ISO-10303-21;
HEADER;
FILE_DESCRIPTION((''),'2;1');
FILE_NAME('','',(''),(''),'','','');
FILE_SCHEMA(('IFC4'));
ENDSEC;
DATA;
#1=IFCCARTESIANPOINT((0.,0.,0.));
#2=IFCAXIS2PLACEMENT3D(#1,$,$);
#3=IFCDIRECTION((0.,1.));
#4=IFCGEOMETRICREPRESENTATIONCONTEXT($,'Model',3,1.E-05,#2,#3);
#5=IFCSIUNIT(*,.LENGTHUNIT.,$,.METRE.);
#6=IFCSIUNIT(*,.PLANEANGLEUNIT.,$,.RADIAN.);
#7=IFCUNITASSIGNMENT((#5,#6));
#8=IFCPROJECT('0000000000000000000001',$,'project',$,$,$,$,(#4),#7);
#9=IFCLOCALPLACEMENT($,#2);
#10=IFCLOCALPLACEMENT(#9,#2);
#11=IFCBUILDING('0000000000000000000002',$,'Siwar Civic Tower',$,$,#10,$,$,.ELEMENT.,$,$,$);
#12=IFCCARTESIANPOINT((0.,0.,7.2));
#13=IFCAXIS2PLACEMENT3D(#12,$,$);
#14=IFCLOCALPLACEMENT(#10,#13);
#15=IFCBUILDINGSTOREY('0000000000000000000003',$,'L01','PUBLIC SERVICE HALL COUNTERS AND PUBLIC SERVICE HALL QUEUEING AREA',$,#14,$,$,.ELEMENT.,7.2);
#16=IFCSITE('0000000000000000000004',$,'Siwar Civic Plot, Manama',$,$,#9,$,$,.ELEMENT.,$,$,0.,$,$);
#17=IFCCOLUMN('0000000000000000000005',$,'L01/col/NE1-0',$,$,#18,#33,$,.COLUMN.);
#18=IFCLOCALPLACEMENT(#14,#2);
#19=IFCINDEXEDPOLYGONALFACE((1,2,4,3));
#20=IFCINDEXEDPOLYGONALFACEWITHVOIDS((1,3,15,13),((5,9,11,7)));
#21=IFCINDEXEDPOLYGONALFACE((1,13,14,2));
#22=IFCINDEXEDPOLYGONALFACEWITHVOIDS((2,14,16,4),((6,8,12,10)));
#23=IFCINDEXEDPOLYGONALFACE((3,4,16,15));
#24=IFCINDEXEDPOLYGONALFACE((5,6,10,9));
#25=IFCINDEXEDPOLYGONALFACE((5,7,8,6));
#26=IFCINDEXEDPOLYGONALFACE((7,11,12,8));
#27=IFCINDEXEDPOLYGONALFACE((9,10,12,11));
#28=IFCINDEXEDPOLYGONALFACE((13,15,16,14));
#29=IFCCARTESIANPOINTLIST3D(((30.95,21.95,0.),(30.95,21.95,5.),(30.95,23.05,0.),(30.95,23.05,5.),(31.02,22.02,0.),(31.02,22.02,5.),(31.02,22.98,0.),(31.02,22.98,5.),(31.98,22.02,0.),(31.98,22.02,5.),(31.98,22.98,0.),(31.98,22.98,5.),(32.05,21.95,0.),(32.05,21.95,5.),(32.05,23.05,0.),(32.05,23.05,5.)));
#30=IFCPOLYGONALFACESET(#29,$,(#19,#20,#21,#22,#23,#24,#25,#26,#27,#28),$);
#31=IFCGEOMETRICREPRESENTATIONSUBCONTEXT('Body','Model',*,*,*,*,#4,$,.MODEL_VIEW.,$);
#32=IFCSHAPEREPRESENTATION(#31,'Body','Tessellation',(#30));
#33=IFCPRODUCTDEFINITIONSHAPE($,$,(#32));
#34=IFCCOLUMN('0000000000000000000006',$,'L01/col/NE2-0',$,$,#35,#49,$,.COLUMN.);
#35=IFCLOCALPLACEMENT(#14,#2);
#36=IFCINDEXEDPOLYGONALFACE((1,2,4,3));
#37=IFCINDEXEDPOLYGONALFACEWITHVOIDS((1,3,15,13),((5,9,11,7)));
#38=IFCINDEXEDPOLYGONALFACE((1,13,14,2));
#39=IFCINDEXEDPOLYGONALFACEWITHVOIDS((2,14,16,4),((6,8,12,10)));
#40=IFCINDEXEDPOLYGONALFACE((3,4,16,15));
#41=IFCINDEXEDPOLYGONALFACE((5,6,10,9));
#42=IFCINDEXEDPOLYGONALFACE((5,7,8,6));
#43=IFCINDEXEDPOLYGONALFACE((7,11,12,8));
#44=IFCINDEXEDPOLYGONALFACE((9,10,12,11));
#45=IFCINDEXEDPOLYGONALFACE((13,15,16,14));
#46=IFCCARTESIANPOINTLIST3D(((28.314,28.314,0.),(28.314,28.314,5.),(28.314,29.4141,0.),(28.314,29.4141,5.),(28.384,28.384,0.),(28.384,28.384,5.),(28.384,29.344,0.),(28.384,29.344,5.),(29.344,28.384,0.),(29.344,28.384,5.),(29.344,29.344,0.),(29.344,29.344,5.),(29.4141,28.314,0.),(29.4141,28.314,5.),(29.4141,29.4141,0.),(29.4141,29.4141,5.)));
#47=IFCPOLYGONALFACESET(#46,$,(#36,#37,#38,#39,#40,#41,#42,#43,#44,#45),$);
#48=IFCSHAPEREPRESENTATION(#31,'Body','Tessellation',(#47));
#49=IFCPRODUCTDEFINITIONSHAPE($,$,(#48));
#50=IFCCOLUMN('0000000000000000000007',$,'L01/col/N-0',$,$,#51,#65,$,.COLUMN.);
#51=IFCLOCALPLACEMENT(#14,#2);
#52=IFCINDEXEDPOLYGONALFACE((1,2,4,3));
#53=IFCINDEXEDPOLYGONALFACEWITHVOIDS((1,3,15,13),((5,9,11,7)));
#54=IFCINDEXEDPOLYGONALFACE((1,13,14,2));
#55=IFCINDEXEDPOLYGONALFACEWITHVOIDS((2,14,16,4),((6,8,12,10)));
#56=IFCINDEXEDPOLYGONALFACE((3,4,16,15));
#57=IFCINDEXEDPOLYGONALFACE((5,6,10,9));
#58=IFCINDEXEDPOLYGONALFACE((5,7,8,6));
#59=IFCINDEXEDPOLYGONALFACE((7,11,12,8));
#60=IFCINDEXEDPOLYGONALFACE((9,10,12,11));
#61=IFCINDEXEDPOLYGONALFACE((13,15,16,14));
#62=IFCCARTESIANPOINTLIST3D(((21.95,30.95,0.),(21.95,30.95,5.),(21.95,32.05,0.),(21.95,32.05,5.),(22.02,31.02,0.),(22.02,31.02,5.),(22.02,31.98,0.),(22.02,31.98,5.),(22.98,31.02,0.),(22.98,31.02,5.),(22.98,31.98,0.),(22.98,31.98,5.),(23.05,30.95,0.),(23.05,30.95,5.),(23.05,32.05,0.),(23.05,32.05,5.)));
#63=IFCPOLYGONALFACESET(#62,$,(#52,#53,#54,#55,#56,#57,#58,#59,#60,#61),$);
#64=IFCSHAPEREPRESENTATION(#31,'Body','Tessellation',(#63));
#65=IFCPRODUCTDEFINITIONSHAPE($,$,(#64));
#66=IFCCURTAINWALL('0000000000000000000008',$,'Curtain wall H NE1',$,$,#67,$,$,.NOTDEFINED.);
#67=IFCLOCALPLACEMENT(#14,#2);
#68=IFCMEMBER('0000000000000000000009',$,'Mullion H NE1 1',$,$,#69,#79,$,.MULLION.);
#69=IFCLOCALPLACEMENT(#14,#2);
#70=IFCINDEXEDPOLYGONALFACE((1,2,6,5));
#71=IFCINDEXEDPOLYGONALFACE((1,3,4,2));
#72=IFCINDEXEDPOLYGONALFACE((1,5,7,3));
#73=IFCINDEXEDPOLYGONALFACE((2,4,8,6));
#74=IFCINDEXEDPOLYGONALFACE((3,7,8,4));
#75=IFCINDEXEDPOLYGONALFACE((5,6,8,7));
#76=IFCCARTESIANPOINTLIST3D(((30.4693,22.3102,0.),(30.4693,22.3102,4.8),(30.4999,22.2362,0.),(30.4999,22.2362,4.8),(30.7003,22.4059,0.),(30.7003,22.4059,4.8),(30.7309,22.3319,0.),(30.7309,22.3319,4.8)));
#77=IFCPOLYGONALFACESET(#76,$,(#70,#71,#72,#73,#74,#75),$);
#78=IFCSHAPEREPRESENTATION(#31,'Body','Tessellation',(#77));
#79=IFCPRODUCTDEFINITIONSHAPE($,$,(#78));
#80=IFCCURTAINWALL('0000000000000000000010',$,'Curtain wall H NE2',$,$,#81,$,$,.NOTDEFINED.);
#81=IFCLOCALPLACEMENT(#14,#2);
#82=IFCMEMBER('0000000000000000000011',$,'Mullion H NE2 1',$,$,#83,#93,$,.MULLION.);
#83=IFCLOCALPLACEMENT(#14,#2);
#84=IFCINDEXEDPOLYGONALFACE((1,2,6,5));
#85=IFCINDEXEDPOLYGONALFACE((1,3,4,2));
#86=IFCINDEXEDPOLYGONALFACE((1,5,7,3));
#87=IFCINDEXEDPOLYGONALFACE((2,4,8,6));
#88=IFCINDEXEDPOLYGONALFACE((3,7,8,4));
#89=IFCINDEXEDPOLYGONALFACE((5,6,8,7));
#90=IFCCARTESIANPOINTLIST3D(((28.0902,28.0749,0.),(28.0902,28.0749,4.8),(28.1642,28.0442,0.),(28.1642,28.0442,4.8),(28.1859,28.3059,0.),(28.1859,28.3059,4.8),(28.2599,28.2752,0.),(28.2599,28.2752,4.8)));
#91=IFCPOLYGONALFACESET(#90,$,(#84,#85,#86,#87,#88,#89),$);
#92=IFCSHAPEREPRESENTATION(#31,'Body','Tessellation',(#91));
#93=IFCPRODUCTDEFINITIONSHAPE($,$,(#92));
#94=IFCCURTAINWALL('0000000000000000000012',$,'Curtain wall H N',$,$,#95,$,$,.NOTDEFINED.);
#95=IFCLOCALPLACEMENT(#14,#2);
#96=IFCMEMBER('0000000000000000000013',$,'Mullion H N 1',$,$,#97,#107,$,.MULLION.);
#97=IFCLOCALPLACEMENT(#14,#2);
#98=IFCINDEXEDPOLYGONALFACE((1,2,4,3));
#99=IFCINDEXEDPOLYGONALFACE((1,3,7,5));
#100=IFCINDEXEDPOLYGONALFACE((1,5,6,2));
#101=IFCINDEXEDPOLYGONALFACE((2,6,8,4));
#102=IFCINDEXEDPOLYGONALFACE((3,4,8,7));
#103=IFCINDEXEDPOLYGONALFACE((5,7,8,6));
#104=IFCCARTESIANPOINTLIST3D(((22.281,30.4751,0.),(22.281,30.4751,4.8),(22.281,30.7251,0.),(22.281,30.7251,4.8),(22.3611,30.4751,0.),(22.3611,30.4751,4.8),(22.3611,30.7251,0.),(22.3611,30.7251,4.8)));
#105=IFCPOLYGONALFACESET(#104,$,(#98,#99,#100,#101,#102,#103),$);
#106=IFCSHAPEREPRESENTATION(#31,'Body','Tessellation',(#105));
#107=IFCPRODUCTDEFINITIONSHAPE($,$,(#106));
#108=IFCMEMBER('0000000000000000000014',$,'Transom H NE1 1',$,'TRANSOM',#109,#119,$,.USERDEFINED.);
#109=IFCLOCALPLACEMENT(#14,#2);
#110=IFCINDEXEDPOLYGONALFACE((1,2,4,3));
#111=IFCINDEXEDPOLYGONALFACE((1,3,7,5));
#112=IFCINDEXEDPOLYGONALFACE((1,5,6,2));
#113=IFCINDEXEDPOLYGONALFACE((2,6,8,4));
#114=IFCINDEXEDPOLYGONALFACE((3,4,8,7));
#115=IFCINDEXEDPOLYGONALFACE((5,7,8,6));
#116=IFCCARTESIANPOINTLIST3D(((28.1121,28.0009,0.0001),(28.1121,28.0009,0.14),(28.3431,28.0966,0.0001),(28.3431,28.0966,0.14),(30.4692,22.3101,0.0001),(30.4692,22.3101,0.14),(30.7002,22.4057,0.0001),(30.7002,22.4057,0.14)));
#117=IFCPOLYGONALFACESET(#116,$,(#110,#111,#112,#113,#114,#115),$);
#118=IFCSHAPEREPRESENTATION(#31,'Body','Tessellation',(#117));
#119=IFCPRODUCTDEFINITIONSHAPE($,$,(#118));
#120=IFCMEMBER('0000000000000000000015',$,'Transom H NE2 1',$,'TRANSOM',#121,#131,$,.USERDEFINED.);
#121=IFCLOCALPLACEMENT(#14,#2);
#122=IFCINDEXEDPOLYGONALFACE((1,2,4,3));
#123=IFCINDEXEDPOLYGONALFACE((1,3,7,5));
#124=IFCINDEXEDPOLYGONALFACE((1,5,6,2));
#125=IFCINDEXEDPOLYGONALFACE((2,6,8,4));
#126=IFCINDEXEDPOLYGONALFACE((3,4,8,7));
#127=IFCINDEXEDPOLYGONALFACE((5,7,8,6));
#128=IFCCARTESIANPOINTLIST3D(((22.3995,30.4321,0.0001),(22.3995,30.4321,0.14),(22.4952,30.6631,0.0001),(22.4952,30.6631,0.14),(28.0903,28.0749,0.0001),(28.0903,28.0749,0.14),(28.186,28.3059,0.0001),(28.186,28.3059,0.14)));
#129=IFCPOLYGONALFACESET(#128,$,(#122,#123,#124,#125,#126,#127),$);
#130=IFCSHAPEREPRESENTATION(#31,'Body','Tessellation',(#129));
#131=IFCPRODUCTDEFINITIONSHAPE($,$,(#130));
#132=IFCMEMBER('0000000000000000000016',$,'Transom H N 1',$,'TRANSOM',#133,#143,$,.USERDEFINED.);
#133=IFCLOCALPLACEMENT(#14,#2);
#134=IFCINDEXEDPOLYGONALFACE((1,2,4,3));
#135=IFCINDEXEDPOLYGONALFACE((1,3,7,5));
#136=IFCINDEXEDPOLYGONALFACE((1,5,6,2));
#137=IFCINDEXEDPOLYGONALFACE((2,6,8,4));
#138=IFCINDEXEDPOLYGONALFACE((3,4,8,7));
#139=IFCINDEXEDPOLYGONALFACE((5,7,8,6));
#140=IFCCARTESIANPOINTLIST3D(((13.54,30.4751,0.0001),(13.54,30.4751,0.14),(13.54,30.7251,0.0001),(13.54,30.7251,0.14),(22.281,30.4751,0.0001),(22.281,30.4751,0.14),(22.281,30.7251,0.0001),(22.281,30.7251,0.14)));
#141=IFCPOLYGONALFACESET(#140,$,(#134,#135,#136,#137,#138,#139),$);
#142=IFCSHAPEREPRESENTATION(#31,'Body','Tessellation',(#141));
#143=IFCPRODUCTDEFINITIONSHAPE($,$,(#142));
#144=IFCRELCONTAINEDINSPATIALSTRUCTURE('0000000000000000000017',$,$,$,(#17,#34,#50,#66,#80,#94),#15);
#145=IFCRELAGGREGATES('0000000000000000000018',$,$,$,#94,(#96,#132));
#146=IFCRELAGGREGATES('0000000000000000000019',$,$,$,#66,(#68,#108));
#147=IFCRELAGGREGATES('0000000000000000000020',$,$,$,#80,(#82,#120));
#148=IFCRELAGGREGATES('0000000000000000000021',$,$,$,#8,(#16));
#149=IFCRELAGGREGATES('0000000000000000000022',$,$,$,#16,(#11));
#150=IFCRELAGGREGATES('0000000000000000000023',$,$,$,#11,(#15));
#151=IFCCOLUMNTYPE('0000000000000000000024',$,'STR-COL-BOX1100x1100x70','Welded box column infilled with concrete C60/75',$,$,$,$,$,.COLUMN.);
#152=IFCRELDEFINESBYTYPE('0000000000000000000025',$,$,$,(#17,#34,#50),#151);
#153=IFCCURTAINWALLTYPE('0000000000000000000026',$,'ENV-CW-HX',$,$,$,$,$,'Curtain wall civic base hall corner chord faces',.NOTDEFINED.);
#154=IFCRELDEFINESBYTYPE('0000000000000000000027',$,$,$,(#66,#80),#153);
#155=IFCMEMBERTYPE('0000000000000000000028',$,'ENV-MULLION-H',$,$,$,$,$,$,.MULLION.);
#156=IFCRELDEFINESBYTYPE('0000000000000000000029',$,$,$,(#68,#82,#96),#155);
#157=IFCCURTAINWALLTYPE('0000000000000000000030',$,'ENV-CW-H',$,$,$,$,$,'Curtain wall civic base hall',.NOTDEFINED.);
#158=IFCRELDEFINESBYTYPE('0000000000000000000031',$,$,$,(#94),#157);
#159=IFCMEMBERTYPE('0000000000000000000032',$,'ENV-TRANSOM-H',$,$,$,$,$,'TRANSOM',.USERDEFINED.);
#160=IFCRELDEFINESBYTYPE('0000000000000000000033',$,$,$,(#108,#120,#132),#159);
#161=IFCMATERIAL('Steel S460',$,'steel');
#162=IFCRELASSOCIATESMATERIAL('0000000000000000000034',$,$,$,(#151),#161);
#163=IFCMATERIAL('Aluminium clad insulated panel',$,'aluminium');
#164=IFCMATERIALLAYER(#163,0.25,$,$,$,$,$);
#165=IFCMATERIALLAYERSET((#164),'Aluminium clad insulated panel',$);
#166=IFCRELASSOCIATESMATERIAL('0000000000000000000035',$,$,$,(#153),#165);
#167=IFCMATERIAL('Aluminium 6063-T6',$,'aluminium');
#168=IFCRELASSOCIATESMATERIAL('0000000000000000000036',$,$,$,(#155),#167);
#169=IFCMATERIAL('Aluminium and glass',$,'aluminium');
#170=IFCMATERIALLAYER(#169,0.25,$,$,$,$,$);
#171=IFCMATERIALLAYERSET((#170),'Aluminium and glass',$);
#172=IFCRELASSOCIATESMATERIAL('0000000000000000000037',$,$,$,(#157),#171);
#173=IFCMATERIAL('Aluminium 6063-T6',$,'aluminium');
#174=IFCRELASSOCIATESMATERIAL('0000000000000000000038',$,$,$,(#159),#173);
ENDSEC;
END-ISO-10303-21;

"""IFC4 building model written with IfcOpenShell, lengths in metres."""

from ifc_helpers import new_model, si_unit, direction, frame, origin, origin_2d, place, context, subcontext, project, spatial, rectangle, hollow_rectangle, extrude, material, layer, layer_set, material_profile, profile_set, type_object, element, aggregate, save


model = new_model("IFC4")

# Units and contexts
model_context = context("Model", 3, precision=1e-05, world=origin(), true_north=direction((0.0, 1.0)))
body_context = subcontext(model_context, "Body", "Model", "MODEL_VIEW")
ifc_project = project(units=[si_unit("LENGTHUNIT", "METRE"), si_unit("PLANEANGLEUNIT", "RADIAN")], contexts=[model_context])

# Site, building, storey
site_placement = place(None, origin())
site = spatial("IfcSite", under=ifc_project, at=site_placement, Name="Siwar Civic Plot, Manama", CompositionType="ELEMENT", RefElevation=0.0)
building_placement = place(site_placement, origin())
building = spatial("IfcBuilding", under=site, at=building_placement, Name="Siwar Civic Tower", CompositionType="ELEMENT")
storey_placement = place(building_placement, frame((0.0, 0.0, 7.2)))
storey = spatial("IfcBuildingStorey", under=building, at=storey_placement, Name="L01", Description="PUBLIC SERVICE HALL COUNTERS AND PUBLIC SERVICE HALL QUEUEING AREA", CompositionType="ELEMENT", Elevation=7.2)

# Columns
ifc_material_1 = material(Name="Steel S460", Category="steel")
ifc_material_profile_1 = material_profile(ifc_material_1, hollow_rectangle(XDim=1.1001, YDim=1.1001, WallThickness=0.0701, at=origin_2d()), Name="BOX1100x1100x70")
ifc_profile_set_1 = profile_set([ifc_material_profile_1], Name="Steel S460")
column_type = type_object("IfcColumnType", Name="STR-COL-BOX1100x1100x70", Description="Welded box column infilled with concrete C60/75", PredefinedType="COLUMN", material=ifc_profile_set_1)
for number, where, z_axis, x_axis, name in (
    (1, (31.5, 22.5, 0.0), (0.0, 0.0, 1.0), (1.0, 0.0, 0.0), "L01/col/NE1-0"),
    (2, (28.864, 28.864, 0.0), (0.0, 0.0, 1.0), (1.0, 0.0, 0.0), "L01/col/NE2-0"),
    (3, (22.5, 31.5, 0.0), (0.0, 0.0, 1.0), (1.0, 0.0, 0.0), "L01/col/N-0"),
):
    element("IfcColumn", number, at=place(storey_placement, frame(where, z_axis=z_axis, x_axis=x_axis)), inside=storey, type_object=column_type, Name=name, PredefinedType="COLUMN", context=body_context, shape_type="SweptSolid", body=[
        extrude(hollow_rectangle(XDim=1.1001, YDim=1.1001, WallThickness=0.0701, at=origin_2d()), origin(), (0.0, 0.0, 1.0), 5.0),
    ])

# Curtain walls, members
ifc_material_2 = material(Name="Aluminium clad insulated panel", Category="aluminium")
ifc_layer_1 = layer(ifc_material_2, 0.25)
ifc_layer_set_1 = layer_set([ifc_layer_1], Name="Aluminium clad insulated panel")
curtain_wall_type_1 = type_object("IfcCurtainWallType", Name="ENV-CW-HX", ElementType="Curtain wall civic base hall corner chord faces", PredefinedType="NOTDEFINED", material=ifc_layer_set_1)
curtain_wall_1_placement = place(storey_placement, origin())
curtain_wall_1 = element("IfcCurtainWall", 4, at=curtain_wall_1_placement, inside=storey, type_object=curtain_wall_type_1, Name="Curtain wall H NE1", PredefinedType="NOTDEFINED")
ifc_material_3 = material(Name="Aluminium 6063-T6", Category="aluminium")
ifc_material_profile_2 = material_profile(ifc_material_3, rectangle(XDim=0.25, YDim=0.0801, at=origin_2d()), Name="AL 250x80")
ifc_profile_set_2 = profile_set([ifc_material_profile_2], Name="Aluminium 6063-T6")
member_type_1 = type_object("IfcMemberType", Name="ENV-MULLION-H", PredefinedType="MULLION", material=ifc_profile_set_2)
member_1_placement = place(storey_placement, frame((30.6001, 22.321, 0.0), z_axis=(0.0, 0.0, 1.0), x_axis=(-0.92388, -0.382683, 0.0)))
member_1 = element("IfcMember", 5, at=member_1_placement, type_object=member_type_1, Name="Mullion H NE1 1", PredefinedType="MULLION", context=body_context, shape_type="SweptSolid", body=[
    extrude(rectangle(XDim=0.25, YDim=0.0801, at=origin_2d()), origin(), (0.0, 0.0, 1.0), 4.8),
])
curtain_wall_2_placement = place(storey_placement, origin())
curtain_wall_2 = element("IfcCurtainWall", 6, at=curtain_wall_2_placement, inside=storey, type_object=curtain_wall_type_1, Name="Curtain wall H NE2", PredefinedType="NOTDEFINED")
member_2_placement = place(storey_placement, frame((28.175, 28.175, 0.0), z_axis=(0.0, 0.0, 1.0), x_axis=(-0.382683, -0.92388, 0.0)))
member_2 = element("IfcMember", 7, at=member_2_placement, type_object=member_type_1, Name="Mullion H NE2 1", PredefinedType="MULLION", context=body_context, shape_type="SweptSolid", body=[
    extrude(rectangle(XDim=0.25, YDim=0.0801, at=origin_2d()), origin(), (0.0, 0.0, 1.0), 4.8),
])
ifc_material_4 = material(Name="Aluminium and glass", Category="aluminium")
ifc_layer_2 = layer(ifc_material_4, 0.25)
ifc_layer_set_2 = layer_set([ifc_layer_2], Name="Aluminium and glass")
curtain_wall_type_2 = type_object("IfcCurtainWallType", Name="ENV-CW-H", ElementType="Curtain wall civic base hall", PredefinedType="NOTDEFINED", material=ifc_layer_set_2)
curtain_wall_3_placement = place(storey_placement, origin())
curtain_wall_3 = element("IfcCurtainWall", 8, at=curtain_wall_3_placement, inside=storey, type_object=curtain_wall_type_2, Name="Curtain wall H N", PredefinedType="NOTDEFINED")
member_3_placement = place(storey_placement, frame((22.321, 30.6001, 0.0), z_axis=(0.0, 0.0, 1.0), x_axis=(0.0, -1.0, 0.0)))
member_3 = element("IfcMember", 9, at=member_3_placement, type_object=member_type_1, Name="Mullion H N 1", PredefinedType="MULLION", context=body_context, shape_type="SweptSolid", body=[
    extrude(rectangle(XDim=0.25, YDim=0.0801, at=origin_2d()), origin(), (0.0, 0.0, 1.0), 4.8),
])

# Members
ifc_material_5 = material(Name="Aluminium 6063-T6", Category="aluminium")
ifc_material_profile_3 = material_profile(ifc_material_5, rectangle(XDim=0.25, YDim=0.1399, at=origin_2d()), Name="AL 250x140")
ifc_profile_set_3 = profile_set([ifc_material_profile_3], Name="Aluminium 6063-T6")
member_type_2 = type_object("IfcMemberType", Name="ENV-TRANSOM-H", ElementType="TRANSOM", PredefinedType="USERDEFINED", material=ifc_profile_set_3)
member_4_placement = place(storey_placement, frame((30.5847, 22.3579, 0.0701), z_axis=(-0.382673, 0.923884, 0.0), x_axis=(-0.923884, -0.382673, 0.0)))
member_4 = element("IfcMember", 10, at=member_4_placement, type_object=member_type_2, Name="Transom H NE1 1", ObjectType="TRANSOM", PredefinedType="USERDEFINED", context=body_context, shape_type="SweptSolid", body=[
    extrude(rectangle(XDim=0.25, YDim=0.1399, at=origin_2d()), origin(), (0.0, 0.0, 1.0), 6.1597),
])
member_5_placement = place(storey_placement, frame((28.1382, 28.1904, 0.0701), z_axis=(-0.923884, 0.382673, 0.0), x_axis=(-0.382673, -0.923884, 0.0)))
member_5 = element("IfcMember", 11, at=member_5_placement, type_object=member_type_2, Name="Transom H NE2 1", ObjectType="TRANSOM", PredefinedType="USERDEFINED", context=body_context, shape_type="SweptSolid", body=[
    extrude(rectangle(XDim=0.25, YDim=0.1399, at=origin_2d()), origin(), (0.0, 0.0, 1.0), 6.1597),
])
member_6_placement = place(storey_placement, frame((22.281, 30.6001, 0.0701), z_axis=(-1.0, 0.0, 0.0), x_axis=(0.0, -1.0, 0.0)))
member_6 = element("IfcMember", 12, at=member_6_placement, type_object=member_type_2, Name="Transom H N 1", ObjectType="TRANSOM", PredefinedType="USERDEFINED", context=body_context, shape_type="SweptSolid", body=[
    extrude(rectangle(XDim=0.25, YDim=0.1399, at=origin_2d()), origin(), (0.0, 0.0, 1.0), 8.741),
])

aggregate(curtain_wall_3, [member_3, member_6])
aggregate(curtain_wall_1, [member_1, member_4])
aggregate(curtain_wall_2, [member_2, member_5])

save(model, "model.ifc")
